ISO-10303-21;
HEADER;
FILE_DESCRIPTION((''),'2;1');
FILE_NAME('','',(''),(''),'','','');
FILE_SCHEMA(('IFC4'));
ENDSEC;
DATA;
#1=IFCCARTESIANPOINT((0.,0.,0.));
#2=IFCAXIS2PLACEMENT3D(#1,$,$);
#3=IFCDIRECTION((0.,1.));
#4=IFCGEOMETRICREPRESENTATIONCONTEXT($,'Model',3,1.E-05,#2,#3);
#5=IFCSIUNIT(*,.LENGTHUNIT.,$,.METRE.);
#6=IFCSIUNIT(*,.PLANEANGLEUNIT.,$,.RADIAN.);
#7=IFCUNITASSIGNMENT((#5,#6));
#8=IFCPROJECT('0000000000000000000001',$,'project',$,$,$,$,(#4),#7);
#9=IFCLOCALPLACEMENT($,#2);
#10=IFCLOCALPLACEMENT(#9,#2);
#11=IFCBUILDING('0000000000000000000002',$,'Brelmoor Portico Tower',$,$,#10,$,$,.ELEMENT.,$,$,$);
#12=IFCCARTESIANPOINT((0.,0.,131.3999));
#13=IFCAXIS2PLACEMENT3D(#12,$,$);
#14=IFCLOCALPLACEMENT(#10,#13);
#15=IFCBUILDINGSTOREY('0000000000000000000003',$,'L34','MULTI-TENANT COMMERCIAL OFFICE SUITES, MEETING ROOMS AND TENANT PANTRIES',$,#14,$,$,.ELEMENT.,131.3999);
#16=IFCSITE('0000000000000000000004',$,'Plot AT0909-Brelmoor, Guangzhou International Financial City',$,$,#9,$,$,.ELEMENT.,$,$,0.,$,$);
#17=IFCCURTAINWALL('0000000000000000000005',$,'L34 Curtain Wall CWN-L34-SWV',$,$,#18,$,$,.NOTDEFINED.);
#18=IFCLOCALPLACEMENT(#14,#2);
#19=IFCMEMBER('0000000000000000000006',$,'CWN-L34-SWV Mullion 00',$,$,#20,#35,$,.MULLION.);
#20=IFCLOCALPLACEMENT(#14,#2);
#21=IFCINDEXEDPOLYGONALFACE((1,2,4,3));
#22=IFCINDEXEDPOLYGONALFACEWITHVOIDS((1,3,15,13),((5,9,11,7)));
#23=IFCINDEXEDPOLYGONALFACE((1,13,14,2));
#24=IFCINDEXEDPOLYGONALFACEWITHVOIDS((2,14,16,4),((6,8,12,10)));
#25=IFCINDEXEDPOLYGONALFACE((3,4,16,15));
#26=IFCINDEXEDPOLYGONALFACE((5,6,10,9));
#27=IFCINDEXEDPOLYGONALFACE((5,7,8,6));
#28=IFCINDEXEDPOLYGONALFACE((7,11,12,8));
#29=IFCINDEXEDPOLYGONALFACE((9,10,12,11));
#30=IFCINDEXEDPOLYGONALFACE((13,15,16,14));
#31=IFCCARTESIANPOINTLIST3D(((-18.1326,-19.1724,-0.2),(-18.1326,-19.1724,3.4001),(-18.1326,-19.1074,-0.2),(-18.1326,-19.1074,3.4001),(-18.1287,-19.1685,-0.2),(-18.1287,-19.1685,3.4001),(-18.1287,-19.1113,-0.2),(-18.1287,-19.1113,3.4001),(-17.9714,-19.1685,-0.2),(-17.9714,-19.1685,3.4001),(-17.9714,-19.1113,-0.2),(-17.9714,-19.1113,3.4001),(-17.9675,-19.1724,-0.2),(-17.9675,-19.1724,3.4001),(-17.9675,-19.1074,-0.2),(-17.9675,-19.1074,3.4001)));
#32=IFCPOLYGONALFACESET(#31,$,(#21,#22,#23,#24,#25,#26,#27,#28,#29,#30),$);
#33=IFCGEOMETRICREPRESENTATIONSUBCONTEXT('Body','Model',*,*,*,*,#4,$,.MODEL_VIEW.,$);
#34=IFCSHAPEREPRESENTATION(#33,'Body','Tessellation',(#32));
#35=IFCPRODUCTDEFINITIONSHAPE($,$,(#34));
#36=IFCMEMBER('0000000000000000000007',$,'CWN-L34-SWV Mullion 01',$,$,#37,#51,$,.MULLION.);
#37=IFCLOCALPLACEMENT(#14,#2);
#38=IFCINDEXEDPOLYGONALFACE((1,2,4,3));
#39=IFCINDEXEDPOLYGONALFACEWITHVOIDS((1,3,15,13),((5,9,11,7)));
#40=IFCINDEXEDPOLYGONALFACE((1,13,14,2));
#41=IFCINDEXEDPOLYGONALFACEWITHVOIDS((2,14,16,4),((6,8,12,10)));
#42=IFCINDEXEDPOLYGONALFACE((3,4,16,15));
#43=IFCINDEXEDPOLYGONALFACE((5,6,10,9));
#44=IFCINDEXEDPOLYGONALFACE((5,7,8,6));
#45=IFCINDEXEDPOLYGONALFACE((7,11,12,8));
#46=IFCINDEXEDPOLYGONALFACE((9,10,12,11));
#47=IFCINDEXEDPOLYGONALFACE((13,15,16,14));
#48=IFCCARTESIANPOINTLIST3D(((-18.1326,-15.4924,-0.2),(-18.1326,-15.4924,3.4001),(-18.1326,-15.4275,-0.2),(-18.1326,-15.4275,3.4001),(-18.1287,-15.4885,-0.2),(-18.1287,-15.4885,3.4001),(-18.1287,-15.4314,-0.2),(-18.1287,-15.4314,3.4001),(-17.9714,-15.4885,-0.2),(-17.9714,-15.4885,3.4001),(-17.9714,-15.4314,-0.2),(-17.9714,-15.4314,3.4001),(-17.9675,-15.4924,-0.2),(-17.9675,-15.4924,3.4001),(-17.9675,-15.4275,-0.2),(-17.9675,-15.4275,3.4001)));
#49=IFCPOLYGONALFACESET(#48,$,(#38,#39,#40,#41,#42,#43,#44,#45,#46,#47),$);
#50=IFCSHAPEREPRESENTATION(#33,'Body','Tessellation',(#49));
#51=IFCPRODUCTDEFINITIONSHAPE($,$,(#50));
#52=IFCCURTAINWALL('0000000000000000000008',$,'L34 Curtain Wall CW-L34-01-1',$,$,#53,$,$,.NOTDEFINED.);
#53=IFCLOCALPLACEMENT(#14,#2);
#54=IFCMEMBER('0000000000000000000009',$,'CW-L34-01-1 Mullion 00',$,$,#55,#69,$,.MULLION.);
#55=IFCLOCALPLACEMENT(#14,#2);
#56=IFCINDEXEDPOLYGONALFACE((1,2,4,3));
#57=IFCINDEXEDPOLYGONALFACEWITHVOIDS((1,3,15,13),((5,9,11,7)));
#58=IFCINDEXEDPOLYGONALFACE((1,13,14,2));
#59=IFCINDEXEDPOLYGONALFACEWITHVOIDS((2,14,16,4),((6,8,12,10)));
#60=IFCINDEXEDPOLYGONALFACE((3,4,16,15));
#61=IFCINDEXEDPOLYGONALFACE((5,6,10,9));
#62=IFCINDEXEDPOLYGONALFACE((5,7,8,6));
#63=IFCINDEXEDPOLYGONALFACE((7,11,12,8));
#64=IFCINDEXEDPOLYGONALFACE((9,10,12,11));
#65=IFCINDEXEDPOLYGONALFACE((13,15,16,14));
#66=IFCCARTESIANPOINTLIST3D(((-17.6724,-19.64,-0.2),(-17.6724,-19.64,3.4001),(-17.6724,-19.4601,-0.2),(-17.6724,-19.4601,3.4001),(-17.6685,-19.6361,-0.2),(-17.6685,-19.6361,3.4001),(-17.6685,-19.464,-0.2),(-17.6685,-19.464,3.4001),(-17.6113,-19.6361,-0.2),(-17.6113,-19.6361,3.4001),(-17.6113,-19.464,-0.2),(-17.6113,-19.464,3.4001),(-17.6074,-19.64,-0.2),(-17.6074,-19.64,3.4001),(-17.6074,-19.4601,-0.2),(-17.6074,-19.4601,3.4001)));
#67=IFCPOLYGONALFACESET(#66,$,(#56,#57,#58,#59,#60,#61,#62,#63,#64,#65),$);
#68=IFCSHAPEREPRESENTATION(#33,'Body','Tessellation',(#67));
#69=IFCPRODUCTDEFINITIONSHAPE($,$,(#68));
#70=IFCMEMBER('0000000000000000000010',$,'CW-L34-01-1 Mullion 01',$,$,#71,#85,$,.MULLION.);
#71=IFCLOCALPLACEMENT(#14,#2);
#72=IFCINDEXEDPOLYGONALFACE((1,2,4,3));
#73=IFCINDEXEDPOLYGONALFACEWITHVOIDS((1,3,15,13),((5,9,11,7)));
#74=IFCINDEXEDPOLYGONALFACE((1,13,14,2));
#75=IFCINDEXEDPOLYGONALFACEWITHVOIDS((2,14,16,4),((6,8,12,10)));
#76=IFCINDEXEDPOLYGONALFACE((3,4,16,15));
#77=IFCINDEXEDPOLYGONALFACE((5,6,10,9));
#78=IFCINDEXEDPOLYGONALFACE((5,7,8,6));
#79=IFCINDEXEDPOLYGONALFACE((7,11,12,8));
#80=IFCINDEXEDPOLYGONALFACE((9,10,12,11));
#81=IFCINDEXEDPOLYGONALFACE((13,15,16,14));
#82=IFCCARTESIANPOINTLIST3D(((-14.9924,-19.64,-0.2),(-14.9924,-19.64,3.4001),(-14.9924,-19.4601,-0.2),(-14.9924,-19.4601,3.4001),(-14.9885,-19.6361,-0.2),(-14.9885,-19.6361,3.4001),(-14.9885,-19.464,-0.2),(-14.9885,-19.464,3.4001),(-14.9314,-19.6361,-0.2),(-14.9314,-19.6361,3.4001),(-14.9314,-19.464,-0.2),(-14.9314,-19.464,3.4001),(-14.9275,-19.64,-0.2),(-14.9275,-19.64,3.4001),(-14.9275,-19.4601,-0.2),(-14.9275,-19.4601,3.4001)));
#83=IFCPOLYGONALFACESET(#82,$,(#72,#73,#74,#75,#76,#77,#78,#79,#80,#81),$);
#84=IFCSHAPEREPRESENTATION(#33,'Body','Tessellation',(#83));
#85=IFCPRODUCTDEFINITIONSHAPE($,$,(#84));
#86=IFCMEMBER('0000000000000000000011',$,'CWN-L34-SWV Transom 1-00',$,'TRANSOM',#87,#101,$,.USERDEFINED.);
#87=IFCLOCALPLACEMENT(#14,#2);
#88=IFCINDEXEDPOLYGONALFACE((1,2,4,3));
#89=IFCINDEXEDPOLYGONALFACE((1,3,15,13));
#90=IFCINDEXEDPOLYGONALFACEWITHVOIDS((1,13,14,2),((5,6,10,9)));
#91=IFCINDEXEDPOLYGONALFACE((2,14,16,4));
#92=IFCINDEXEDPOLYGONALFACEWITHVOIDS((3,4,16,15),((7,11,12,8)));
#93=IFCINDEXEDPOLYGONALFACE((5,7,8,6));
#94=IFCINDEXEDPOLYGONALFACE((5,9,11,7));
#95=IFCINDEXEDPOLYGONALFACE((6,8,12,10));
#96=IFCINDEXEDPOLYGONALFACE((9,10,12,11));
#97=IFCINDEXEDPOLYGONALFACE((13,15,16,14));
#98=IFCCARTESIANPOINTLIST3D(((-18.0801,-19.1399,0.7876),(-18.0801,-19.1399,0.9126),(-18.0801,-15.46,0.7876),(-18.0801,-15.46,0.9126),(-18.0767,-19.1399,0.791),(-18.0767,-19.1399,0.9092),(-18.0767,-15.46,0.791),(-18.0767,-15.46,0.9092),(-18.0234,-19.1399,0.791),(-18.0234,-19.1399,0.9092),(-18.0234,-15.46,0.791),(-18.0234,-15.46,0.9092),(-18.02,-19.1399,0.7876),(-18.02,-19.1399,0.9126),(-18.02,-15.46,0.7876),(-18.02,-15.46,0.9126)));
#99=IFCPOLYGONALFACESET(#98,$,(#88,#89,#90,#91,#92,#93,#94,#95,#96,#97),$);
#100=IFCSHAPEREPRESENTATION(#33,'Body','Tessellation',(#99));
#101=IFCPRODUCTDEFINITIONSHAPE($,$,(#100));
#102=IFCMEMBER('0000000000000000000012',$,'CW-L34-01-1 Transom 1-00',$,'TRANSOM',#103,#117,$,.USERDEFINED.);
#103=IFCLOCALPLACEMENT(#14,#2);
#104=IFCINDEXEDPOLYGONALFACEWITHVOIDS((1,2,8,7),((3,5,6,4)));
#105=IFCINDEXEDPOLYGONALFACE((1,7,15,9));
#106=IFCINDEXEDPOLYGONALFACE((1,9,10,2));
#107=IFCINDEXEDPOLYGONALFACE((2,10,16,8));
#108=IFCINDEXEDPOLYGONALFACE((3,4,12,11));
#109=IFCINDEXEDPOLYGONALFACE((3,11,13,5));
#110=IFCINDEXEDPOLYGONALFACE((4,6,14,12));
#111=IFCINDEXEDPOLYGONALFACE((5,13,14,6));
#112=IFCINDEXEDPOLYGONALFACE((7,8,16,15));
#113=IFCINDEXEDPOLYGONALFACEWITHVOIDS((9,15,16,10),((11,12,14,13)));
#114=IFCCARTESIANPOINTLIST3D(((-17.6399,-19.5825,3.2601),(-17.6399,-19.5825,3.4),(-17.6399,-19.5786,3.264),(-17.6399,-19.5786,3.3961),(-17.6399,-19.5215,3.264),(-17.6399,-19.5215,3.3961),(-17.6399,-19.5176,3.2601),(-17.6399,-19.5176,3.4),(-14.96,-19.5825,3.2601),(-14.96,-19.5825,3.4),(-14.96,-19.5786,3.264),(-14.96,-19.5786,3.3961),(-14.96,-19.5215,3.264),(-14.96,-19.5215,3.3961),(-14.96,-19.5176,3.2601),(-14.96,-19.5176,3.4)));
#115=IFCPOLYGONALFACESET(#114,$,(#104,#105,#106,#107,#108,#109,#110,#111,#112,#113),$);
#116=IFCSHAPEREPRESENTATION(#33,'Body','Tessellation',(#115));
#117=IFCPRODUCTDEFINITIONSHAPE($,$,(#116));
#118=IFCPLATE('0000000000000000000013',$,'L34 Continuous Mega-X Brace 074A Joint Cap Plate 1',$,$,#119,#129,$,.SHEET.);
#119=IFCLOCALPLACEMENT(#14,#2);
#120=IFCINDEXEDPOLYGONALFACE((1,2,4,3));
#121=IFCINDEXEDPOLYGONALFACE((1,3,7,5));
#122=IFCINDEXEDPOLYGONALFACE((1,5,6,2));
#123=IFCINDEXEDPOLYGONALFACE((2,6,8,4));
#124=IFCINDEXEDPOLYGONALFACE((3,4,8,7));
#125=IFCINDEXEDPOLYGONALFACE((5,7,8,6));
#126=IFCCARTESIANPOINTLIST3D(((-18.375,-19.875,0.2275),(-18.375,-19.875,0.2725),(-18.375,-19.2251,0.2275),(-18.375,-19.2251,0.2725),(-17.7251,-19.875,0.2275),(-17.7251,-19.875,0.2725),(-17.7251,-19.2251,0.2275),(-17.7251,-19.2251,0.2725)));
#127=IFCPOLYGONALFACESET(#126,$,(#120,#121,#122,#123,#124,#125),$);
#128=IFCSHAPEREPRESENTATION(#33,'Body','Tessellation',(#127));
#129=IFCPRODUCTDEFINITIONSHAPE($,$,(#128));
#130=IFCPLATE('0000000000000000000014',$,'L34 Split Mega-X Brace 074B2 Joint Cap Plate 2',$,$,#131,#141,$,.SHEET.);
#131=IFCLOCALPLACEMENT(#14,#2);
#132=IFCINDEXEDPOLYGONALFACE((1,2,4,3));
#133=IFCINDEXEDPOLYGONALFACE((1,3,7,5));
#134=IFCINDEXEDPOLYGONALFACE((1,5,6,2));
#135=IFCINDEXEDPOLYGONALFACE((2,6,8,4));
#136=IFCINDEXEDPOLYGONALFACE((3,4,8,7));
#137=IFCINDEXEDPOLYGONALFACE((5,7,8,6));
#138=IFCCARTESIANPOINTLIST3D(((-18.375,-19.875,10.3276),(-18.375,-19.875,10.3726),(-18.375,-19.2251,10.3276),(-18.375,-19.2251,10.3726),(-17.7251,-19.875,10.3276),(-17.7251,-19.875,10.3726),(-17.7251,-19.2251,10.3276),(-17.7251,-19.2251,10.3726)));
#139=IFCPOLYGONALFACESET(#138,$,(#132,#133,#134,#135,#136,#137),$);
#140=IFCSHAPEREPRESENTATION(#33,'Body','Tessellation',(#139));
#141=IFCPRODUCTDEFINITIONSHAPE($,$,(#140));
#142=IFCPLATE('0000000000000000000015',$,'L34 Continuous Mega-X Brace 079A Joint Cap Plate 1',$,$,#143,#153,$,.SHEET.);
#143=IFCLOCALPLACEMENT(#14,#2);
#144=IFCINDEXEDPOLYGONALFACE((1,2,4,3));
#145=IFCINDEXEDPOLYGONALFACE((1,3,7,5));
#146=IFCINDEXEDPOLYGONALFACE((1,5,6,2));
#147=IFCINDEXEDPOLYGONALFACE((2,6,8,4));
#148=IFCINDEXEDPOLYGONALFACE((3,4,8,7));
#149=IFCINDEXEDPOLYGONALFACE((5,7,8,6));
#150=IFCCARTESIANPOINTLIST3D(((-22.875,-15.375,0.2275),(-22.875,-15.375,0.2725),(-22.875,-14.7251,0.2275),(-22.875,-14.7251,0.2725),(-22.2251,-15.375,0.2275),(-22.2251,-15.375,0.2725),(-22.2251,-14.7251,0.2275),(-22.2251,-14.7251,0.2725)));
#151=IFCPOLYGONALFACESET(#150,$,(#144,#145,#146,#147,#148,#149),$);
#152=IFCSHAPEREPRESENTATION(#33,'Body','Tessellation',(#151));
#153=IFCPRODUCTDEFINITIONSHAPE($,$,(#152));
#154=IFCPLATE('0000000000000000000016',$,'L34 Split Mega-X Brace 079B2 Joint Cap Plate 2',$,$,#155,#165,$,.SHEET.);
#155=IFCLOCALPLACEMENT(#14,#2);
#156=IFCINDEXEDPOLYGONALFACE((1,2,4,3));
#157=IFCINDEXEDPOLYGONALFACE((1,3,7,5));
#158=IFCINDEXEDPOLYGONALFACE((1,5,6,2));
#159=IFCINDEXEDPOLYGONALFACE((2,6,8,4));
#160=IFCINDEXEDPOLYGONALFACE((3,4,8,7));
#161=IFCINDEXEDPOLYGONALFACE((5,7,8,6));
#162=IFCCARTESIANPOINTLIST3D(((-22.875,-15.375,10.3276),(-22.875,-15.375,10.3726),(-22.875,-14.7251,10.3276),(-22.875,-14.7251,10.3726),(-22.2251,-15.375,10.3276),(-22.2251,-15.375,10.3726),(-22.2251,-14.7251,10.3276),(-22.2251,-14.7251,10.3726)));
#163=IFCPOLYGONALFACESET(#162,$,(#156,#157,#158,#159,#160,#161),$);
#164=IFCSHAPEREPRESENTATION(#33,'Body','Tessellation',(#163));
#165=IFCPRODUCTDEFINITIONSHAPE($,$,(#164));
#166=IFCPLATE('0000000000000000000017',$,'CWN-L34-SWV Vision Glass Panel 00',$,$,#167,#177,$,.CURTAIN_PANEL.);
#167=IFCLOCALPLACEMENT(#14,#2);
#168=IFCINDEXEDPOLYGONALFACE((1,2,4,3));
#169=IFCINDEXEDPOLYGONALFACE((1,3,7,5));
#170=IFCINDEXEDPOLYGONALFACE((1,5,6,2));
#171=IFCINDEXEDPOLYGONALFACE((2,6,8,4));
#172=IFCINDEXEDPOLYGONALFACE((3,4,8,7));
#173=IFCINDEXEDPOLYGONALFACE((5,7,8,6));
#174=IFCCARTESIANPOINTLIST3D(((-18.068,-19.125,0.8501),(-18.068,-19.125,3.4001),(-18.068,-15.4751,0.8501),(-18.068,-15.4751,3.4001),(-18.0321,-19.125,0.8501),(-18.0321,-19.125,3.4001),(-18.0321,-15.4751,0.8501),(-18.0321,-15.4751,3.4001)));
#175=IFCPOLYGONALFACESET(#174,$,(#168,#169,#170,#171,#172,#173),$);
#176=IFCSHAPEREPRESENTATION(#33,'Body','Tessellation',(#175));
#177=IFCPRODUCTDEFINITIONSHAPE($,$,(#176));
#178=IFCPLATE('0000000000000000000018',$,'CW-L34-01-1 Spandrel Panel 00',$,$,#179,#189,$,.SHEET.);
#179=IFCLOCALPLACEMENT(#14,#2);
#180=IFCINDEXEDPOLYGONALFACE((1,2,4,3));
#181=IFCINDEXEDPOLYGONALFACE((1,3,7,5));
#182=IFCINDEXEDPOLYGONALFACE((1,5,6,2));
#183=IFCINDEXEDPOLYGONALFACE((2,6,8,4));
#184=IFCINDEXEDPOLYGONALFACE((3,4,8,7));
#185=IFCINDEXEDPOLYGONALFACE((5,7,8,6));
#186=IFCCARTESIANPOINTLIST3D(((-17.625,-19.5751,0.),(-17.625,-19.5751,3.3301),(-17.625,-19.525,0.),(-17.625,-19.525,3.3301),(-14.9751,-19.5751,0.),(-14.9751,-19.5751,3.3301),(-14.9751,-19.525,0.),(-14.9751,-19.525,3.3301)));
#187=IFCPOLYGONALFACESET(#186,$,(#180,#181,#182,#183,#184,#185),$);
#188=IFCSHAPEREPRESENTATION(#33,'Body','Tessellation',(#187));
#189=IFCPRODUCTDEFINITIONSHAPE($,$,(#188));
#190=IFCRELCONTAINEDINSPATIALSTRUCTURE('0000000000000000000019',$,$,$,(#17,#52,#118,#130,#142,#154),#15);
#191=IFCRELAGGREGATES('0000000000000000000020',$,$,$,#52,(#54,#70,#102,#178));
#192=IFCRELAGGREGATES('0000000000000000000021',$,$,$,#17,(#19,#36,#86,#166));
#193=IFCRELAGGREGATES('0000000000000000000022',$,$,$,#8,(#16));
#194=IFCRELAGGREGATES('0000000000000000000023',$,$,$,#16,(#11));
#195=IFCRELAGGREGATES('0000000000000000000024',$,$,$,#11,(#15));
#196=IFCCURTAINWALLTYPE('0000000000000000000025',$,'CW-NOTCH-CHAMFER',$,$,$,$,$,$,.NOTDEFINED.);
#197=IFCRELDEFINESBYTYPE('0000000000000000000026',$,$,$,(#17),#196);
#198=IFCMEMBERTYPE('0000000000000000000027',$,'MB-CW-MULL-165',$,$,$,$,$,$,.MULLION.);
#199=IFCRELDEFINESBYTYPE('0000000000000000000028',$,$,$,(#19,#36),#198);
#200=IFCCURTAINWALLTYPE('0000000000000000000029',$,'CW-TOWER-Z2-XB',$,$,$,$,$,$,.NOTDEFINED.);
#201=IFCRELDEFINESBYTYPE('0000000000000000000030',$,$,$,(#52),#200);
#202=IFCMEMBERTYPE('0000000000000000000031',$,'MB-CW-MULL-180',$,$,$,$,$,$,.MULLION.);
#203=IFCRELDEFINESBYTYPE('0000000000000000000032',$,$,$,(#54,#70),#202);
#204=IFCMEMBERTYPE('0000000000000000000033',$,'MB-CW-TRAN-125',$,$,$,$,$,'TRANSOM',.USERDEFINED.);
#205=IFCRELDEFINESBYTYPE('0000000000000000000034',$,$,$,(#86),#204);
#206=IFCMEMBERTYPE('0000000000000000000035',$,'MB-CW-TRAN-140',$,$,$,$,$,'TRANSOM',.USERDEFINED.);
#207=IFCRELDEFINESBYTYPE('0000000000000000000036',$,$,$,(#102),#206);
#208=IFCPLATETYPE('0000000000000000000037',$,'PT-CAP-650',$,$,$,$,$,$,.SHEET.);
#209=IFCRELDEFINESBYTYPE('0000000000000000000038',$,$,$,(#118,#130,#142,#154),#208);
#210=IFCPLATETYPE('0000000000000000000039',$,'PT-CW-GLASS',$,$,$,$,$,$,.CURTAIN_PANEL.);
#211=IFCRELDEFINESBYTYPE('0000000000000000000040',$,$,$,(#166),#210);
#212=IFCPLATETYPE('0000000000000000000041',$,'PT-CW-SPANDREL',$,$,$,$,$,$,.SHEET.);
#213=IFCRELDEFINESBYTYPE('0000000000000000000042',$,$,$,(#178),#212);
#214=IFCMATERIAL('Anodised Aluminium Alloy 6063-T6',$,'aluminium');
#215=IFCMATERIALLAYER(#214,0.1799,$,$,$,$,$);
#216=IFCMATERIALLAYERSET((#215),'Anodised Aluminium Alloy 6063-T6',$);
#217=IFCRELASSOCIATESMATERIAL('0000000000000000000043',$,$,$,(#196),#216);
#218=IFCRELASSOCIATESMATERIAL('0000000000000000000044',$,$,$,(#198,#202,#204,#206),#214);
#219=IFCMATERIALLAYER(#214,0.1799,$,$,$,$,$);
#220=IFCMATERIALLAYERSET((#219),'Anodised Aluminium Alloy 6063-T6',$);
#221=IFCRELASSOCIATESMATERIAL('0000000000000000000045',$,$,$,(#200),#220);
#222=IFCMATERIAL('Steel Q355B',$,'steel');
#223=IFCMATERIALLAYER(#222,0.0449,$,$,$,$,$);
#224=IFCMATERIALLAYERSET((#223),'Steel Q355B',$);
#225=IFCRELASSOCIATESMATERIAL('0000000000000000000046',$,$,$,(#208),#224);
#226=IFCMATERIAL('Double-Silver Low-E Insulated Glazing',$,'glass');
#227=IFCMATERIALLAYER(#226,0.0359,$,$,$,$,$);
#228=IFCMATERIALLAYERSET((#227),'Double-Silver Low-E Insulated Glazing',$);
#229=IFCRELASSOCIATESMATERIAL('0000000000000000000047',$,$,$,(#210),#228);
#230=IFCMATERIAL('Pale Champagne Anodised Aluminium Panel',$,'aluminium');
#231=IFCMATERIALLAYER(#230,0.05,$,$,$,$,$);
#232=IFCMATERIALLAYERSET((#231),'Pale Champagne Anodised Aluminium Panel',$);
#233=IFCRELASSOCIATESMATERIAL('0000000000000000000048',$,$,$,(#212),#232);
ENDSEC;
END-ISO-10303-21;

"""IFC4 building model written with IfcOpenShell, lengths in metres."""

from ifc_helpers import new_model, si_unit, direction, frame, origin, origin_2d, place, context, subcontext, project, spatial, rectangle, hollow_rectangle, extrude, material, layer, layer_set, material_profile, profile_set, type_object, element, aggregate, save


model = new_model("IFC4")

# Units and contexts
model_context = context("Model", 3, precision=1e-05, world=origin(), true_north=direction((0.0, 1.0)))
body_context = subcontext(model_context, "Body", "Model", "MODEL_VIEW")
ifc_project = project(units=[si_unit("LENGTHUNIT", "METRE"), si_unit("PLANEANGLEUNIT", "RADIAN")], contexts=[model_context])

# Site, building, storey
site_placement = place(None, origin())
site = spatial("IfcSite", under=ifc_project, at=site_placement, Name="Plot AT0909-Brelmoor, Guangzhou International Financial City", CompositionType="ELEMENT", RefElevation=0.0)
building_placement = place(site_placement, origin())
building = spatial("IfcBuilding", under=site, at=building_placement, Name="Brelmoor Portico Tower", CompositionType="ELEMENT")
storey_placement = place(building_placement, frame((0.0, 0.0, 131.3999)))
storey = spatial("IfcBuildingStorey", under=building, at=storey_placement, Name="L34", Description="MULTI-TENANT COMMERCIAL OFFICE SUITES, MEETING ROOMS AND TENANT PANTRIES", CompositionType="ELEMENT", Elevation=131.3999)

# Shared definitions
ifc_material_1 = material(Name="Steel Q355B", Category="steel")

# Shared definitions
ifc_material_2 = material(Name="Anodised Aluminium Alloy 6063-T6", Category="aluminium")
ifc_layer_1 = layer(ifc_material_2, 0.1799)
ifc_layer_set_1 = layer_set([ifc_layer_1], Name="Anodised Aluminium Alloy 6063-T6")
curtain_wall_type_1 = type_object("IfcCurtainWallType", Name="CW-NOTCH-CHAMFER", PredefinedType="NOTDEFINED", material=ifc_layer_set_1)
ifc_material_profile_1 = material_profile(ifc_material_2, hollow_rectangle(XDim=0.0649, YDim=0.165, WallThickness=0.0039, at=origin_2d()), Name="ALU MULLION 65x165")
ifc_profile_set_1 = profile_set([ifc_material_profile_1], Name="Anodised Aluminium Alloy 6063-T6")
member_type_1 = type_object("IfcMemberType", Name="MB-CW-MULL-165", PredefinedType="MULLION", material=ifc_profile_set_1)

# Curtain walls, members
curtain_wall_1_placement = place(storey_placement, origin())
curtain_wall_1 = element("IfcCurtainWall", 1, at=curtain_wall_1_placement, inside=storey, type_object=curtain_wall_type_1, Name="L34 Curtain Wall CWN-L34-SWV", PredefinedType="NOTDEFINED")
member_1_placement = place(storey_placement, frame((-18.05, -19.1399, -0.2), z_axis=(0.0, 0.0, 1.0), x_axis=(0.0, 1.0, 0.0)))
member_1 = element("IfcMember", 2, at=member_1_placement, type_object=member_type_1, Name="CWN-L34-SWV Mullion 00", PredefinedType="MULLION", context=body_context, shape_type="SweptSolid", body=[
    extrude(hollow_rectangle(XDim=0.0649, YDim=0.165, WallThickness=0.0039, at=origin_2d()), origin(), (0.0, 0.0, 1.0), 3.6001),
])
member_2_placement = place(storey_placement, frame((-18.05, -15.46, -0.2), z_axis=(0.0, 0.0, 1.0), x_axis=(0.0, 1.0, 0.0)))
member_2 = element("IfcMember", 3, at=member_2_placement, type_object=member_type_1, Name="CWN-L34-SWV Mullion 01", PredefinedType="MULLION", context=body_context, shape_type="SweptSolid", body=[
    extrude(hollow_rectangle(XDim=0.0649, YDim=0.165, WallThickness=0.0039, at=origin_2d()), origin(), (0.0, 0.0, 1.0), 3.6001),
])
ifc_layer_2 = layer(ifc_material_2, 0.1799)
ifc_layer_set_2 = layer_set([ifc_layer_2], Name="Anodised Aluminium Alloy 6063-T6")
curtain_wall_type_2 = type_object("IfcCurtainWallType", Name="CW-TOWER-Z2-XB", PredefinedType="NOTDEFINED", material=ifc_layer_set_2)
curtain_wall_2_placement = place(storey_placement, origin())
curtain_wall_2 = element("IfcCurtainWall", 4, at=curtain_wall_2_placement, inside=storey, type_object=curtain_wall_type_2, Name="L34 Curtain Wall CW-L34-01-1", PredefinedType="NOTDEFINED")
ifc_material_profile_2 = material_profile(ifc_material_2, hollow_rectangle(XDim=0.0649, YDim=0.1799, WallThickness=0.0039, at=origin_2d()), Name="ALU MULLION 65x180")
ifc_profile_set_2 = profile_set([ifc_material_profile_2], Name="Anodised Aluminium Alloy 6063-T6")
member_type_2 = type_object("IfcMemberType", Name="MB-CW-MULL-180", PredefinedType="MULLION", material=ifc_profile_set_2)
member_3_placement = place(storey_placement, frame((-17.6399, -19.55, -0.2), z_axis=(0.0, 0.0, 1.0), x_axis=(1.0, 0.0, 0.0)))
member_3 = element("IfcMember", 5, at=member_3_placement, type_object=member_type_2, Name="CW-L34-01-1 Mullion 00", PredefinedType="MULLION", context=body_context, shape_type="SweptSolid", body=[
    extrude(hollow_rectangle(XDim=0.0649, YDim=0.1799, WallThickness=0.0039, at=origin_2d()), origin(), (0.0, 0.0, 1.0), 3.6001),
])
member_4_placement = place(storey_placement, frame((-14.96, -19.55, -0.2), z_axis=(0.0, 0.0, 1.0), x_axis=(1.0, 0.0, 0.0)))
member_4 = element("IfcMember", 6, at=member_4_placement, type_object=member_type_2, Name="CW-L34-01-1 Mullion 01", PredefinedType="MULLION", context=body_context, shape_type="SweptSolid", body=[
    extrude(hollow_rectangle(XDim=0.0649, YDim=0.1799, WallThickness=0.0039, at=origin_2d()), origin(), (0.0, 0.0, 1.0), 3.6001),
])

# Members
ifc_material_profile_3 = material_profile(ifc_material_2, hollow_rectangle(XDim=0.0601, YDim=0.125, WallThickness=0.0034, at=origin_2d()), Name="ALU TRANSOM 60x125")
ifc_profile_set_3 = profile_set([ifc_material_profile_3], Name="Anodised Aluminium Alloy 6063-T6")
member_type_3 = type_object("IfcMemberType", Name="MB-CW-TRAN-125", ElementType="TRANSOM", PredefinedType="USERDEFINED", material=ifc_profile_set_3)
member_5_placement = place(storey_placement, frame((-18.05, -19.1399, 0.8501), z_axis=(0.0, 1.0, 0.0), x_axis=(-1.0, 0.0, 0.0)))
member_5 = element("IfcMember", 7, at=member_5_placement, type_object=member_type_3, Name="CWN-L34-SWV Transom 1-00", ObjectType="TRANSOM", PredefinedType="USERDEFINED", context=body_context, shape_type="SweptSolid", body=[
    extrude(hollow_rectangle(XDim=0.0601, YDim=0.125, WallThickness=0.0034, at=origin_2d()), origin(), (0.0, 0.0, 1.0), 3.6799),
])
ifc_material_profile_4 = material_profile(ifc_material_2, hollow_rectangle(XDim=0.0649, YDim=0.1399, WallThickness=0.0039, at=origin_2d()), Name="ALU TRANSOM 65x140")
ifc_profile_set_4 = profile_set([ifc_material_profile_4], Name="Anodised Aluminium Alloy 6063-T6")
member_type_4 = type_object("IfcMemberType", Name="MB-CW-TRAN-140", ElementType="TRANSOM", PredefinedType="USERDEFINED", material=ifc_profile_set_4)
member_6_placement = place(storey_placement, frame((-17.6399, -19.55, 3.3301), z_axis=(1.0, 0.0, 0.0), x_axis=(0.0, 1.0, 0.0)))
member_6 = element("IfcMember", 8, at=member_6_placement, type_object=member_type_4, Name="CW-L34-01-1 Transom 1-00", ObjectType="TRANSOM", PredefinedType="USERDEFINED", context=body_context, shape_type="SweptSolid", body=[
    extrude(hollow_rectangle(XDim=0.0649, YDim=0.1399, WallThickness=0.0039, at=origin_2d()), origin(), (0.0, 0.0, 1.0), 2.6799),
])

# Plates
ifc_layer_3 = layer(ifc_material_1, 0.0449)
ifc_layer_set_3 = layer_set([ifc_layer_3], Name="Steel Q355B")
plate_type_1 = type_object("IfcPlateType", Name="PT-CAP-650", PredefinedType="SHEET", material=ifc_layer_set_3)
for number, where, z_axis, x_axis, name in (
    (9, (-18.05, -19.55, 0.2275), (0.0, 0.0, 1.0), (1.0, 0.0, 0.0), "L34 Continuous Mega-X Brace 074A Joint Cap Plate 1"),
    (10, (-18.05, -19.55, 10.3276), (0.0, 0.0, 1.0), (1.0, 0.0, 0.0), "L34 Split Mega-X Brace 074B2 Joint Cap Plate 2"),
    (11, (-22.55, -15.05, 0.2275), (0.0, 0.0, 1.0), (1.0, 0.0, 0.0), "L34 Continuous Mega-X Brace 079A Joint Cap Plate 1"),
    (12, (-22.55, -15.05, 10.3276), (0.0, 0.0, 1.0), (1.0, 0.0, 0.0), "L34 Split Mega-X Brace 079B2 Joint Cap Plate 2"),
):
    element("IfcPlate", number, at=place(storey_placement, frame(where, z_axis=z_axis, x_axis=x_axis)), inside=storey, type_object=plate_type_1, Name=name, PredefinedType="SHEET", context=body_context, shape_type="SweptSolid", body=[
        extrude(rectangle(XDim=0.6499, YDim=0.6499, at=origin_2d()), origin(), (0.0, 0.0, 1.0), 0.0449),
    ])

# Plates
ifc_material_3 = material(Name="Double-Silver Low-E Insulated Glazing", Category="glass")
ifc_layer_4 = layer(ifc_material_3, 0.0359)
ifc_layer_set_4 = layer_set([ifc_layer_4], Name="Double-Silver Low-E Insulated Glazing")
plate_type_2 = type_object("IfcPlateType", Name="PT-CW-GLASS", PredefinedType="CURTAIN_PANEL", material=ifc_layer_set_4)
plate_1_placement = place(storey_placement, frame((-18.05, -17.3, 0.8501), z_axis=(0.0, 0.0, 1.0), x_axis=(0.0, 1.0, 0.0)))
plate_1 = element("IfcPlate", 13, at=plate_1_placement, type_object=plate_type_2, Name="CWN-L34-SWV Vision Glass Panel 00", PredefinedType="CURTAIN_PANEL", context=body_context, shape_type="SweptSolid", body=[
    extrude(rectangle(XDim=3.6499, YDim=0.0359, at=origin_2d()), origin(), (0.0, 0.0, 1.0), 2.55),
])
ifc_material_4 = material(Name="Pale Champagne Anodised Aluminium Panel", Category="aluminium")
ifc_layer_5 = layer(ifc_material_4, 0.05)
ifc_layer_set_5 = layer_set([ifc_layer_5], Name="Pale Champagne Anodised Aluminium Panel")
plate_type_3 = type_object("IfcPlateType", Name="PT-CW-SPANDREL", PredefinedType="SHEET", material=ifc_layer_set_5)
plate_2_placement = place(storey_placement, frame((-16.3, -19.55, 0.0), z_axis=(0.0, 0.0, 1.0), x_axis=(1.0, 0.0, 0.0)))
plate_2 = element("IfcPlate", 14, at=plate_2_placement, type_object=plate_type_3, Name="CW-L34-01-1 Spandrel Panel 00", PredefinedType="SHEET", context=body_context, shape_type="SweptSolid", body=[
    extrude(rectangle(XDim=2.6499, YDim=0.05, at=origin_2d()), origin(), (0.0, 0.0, 1.0), 3.3301),
])
aggregate(curtain_wall_2, [member_3, member_4, member_6, plate_2])
aggregate(curtain_wall_1, [member_1, member_2, member_5, plate_1])

save(model, "model.ifc")
